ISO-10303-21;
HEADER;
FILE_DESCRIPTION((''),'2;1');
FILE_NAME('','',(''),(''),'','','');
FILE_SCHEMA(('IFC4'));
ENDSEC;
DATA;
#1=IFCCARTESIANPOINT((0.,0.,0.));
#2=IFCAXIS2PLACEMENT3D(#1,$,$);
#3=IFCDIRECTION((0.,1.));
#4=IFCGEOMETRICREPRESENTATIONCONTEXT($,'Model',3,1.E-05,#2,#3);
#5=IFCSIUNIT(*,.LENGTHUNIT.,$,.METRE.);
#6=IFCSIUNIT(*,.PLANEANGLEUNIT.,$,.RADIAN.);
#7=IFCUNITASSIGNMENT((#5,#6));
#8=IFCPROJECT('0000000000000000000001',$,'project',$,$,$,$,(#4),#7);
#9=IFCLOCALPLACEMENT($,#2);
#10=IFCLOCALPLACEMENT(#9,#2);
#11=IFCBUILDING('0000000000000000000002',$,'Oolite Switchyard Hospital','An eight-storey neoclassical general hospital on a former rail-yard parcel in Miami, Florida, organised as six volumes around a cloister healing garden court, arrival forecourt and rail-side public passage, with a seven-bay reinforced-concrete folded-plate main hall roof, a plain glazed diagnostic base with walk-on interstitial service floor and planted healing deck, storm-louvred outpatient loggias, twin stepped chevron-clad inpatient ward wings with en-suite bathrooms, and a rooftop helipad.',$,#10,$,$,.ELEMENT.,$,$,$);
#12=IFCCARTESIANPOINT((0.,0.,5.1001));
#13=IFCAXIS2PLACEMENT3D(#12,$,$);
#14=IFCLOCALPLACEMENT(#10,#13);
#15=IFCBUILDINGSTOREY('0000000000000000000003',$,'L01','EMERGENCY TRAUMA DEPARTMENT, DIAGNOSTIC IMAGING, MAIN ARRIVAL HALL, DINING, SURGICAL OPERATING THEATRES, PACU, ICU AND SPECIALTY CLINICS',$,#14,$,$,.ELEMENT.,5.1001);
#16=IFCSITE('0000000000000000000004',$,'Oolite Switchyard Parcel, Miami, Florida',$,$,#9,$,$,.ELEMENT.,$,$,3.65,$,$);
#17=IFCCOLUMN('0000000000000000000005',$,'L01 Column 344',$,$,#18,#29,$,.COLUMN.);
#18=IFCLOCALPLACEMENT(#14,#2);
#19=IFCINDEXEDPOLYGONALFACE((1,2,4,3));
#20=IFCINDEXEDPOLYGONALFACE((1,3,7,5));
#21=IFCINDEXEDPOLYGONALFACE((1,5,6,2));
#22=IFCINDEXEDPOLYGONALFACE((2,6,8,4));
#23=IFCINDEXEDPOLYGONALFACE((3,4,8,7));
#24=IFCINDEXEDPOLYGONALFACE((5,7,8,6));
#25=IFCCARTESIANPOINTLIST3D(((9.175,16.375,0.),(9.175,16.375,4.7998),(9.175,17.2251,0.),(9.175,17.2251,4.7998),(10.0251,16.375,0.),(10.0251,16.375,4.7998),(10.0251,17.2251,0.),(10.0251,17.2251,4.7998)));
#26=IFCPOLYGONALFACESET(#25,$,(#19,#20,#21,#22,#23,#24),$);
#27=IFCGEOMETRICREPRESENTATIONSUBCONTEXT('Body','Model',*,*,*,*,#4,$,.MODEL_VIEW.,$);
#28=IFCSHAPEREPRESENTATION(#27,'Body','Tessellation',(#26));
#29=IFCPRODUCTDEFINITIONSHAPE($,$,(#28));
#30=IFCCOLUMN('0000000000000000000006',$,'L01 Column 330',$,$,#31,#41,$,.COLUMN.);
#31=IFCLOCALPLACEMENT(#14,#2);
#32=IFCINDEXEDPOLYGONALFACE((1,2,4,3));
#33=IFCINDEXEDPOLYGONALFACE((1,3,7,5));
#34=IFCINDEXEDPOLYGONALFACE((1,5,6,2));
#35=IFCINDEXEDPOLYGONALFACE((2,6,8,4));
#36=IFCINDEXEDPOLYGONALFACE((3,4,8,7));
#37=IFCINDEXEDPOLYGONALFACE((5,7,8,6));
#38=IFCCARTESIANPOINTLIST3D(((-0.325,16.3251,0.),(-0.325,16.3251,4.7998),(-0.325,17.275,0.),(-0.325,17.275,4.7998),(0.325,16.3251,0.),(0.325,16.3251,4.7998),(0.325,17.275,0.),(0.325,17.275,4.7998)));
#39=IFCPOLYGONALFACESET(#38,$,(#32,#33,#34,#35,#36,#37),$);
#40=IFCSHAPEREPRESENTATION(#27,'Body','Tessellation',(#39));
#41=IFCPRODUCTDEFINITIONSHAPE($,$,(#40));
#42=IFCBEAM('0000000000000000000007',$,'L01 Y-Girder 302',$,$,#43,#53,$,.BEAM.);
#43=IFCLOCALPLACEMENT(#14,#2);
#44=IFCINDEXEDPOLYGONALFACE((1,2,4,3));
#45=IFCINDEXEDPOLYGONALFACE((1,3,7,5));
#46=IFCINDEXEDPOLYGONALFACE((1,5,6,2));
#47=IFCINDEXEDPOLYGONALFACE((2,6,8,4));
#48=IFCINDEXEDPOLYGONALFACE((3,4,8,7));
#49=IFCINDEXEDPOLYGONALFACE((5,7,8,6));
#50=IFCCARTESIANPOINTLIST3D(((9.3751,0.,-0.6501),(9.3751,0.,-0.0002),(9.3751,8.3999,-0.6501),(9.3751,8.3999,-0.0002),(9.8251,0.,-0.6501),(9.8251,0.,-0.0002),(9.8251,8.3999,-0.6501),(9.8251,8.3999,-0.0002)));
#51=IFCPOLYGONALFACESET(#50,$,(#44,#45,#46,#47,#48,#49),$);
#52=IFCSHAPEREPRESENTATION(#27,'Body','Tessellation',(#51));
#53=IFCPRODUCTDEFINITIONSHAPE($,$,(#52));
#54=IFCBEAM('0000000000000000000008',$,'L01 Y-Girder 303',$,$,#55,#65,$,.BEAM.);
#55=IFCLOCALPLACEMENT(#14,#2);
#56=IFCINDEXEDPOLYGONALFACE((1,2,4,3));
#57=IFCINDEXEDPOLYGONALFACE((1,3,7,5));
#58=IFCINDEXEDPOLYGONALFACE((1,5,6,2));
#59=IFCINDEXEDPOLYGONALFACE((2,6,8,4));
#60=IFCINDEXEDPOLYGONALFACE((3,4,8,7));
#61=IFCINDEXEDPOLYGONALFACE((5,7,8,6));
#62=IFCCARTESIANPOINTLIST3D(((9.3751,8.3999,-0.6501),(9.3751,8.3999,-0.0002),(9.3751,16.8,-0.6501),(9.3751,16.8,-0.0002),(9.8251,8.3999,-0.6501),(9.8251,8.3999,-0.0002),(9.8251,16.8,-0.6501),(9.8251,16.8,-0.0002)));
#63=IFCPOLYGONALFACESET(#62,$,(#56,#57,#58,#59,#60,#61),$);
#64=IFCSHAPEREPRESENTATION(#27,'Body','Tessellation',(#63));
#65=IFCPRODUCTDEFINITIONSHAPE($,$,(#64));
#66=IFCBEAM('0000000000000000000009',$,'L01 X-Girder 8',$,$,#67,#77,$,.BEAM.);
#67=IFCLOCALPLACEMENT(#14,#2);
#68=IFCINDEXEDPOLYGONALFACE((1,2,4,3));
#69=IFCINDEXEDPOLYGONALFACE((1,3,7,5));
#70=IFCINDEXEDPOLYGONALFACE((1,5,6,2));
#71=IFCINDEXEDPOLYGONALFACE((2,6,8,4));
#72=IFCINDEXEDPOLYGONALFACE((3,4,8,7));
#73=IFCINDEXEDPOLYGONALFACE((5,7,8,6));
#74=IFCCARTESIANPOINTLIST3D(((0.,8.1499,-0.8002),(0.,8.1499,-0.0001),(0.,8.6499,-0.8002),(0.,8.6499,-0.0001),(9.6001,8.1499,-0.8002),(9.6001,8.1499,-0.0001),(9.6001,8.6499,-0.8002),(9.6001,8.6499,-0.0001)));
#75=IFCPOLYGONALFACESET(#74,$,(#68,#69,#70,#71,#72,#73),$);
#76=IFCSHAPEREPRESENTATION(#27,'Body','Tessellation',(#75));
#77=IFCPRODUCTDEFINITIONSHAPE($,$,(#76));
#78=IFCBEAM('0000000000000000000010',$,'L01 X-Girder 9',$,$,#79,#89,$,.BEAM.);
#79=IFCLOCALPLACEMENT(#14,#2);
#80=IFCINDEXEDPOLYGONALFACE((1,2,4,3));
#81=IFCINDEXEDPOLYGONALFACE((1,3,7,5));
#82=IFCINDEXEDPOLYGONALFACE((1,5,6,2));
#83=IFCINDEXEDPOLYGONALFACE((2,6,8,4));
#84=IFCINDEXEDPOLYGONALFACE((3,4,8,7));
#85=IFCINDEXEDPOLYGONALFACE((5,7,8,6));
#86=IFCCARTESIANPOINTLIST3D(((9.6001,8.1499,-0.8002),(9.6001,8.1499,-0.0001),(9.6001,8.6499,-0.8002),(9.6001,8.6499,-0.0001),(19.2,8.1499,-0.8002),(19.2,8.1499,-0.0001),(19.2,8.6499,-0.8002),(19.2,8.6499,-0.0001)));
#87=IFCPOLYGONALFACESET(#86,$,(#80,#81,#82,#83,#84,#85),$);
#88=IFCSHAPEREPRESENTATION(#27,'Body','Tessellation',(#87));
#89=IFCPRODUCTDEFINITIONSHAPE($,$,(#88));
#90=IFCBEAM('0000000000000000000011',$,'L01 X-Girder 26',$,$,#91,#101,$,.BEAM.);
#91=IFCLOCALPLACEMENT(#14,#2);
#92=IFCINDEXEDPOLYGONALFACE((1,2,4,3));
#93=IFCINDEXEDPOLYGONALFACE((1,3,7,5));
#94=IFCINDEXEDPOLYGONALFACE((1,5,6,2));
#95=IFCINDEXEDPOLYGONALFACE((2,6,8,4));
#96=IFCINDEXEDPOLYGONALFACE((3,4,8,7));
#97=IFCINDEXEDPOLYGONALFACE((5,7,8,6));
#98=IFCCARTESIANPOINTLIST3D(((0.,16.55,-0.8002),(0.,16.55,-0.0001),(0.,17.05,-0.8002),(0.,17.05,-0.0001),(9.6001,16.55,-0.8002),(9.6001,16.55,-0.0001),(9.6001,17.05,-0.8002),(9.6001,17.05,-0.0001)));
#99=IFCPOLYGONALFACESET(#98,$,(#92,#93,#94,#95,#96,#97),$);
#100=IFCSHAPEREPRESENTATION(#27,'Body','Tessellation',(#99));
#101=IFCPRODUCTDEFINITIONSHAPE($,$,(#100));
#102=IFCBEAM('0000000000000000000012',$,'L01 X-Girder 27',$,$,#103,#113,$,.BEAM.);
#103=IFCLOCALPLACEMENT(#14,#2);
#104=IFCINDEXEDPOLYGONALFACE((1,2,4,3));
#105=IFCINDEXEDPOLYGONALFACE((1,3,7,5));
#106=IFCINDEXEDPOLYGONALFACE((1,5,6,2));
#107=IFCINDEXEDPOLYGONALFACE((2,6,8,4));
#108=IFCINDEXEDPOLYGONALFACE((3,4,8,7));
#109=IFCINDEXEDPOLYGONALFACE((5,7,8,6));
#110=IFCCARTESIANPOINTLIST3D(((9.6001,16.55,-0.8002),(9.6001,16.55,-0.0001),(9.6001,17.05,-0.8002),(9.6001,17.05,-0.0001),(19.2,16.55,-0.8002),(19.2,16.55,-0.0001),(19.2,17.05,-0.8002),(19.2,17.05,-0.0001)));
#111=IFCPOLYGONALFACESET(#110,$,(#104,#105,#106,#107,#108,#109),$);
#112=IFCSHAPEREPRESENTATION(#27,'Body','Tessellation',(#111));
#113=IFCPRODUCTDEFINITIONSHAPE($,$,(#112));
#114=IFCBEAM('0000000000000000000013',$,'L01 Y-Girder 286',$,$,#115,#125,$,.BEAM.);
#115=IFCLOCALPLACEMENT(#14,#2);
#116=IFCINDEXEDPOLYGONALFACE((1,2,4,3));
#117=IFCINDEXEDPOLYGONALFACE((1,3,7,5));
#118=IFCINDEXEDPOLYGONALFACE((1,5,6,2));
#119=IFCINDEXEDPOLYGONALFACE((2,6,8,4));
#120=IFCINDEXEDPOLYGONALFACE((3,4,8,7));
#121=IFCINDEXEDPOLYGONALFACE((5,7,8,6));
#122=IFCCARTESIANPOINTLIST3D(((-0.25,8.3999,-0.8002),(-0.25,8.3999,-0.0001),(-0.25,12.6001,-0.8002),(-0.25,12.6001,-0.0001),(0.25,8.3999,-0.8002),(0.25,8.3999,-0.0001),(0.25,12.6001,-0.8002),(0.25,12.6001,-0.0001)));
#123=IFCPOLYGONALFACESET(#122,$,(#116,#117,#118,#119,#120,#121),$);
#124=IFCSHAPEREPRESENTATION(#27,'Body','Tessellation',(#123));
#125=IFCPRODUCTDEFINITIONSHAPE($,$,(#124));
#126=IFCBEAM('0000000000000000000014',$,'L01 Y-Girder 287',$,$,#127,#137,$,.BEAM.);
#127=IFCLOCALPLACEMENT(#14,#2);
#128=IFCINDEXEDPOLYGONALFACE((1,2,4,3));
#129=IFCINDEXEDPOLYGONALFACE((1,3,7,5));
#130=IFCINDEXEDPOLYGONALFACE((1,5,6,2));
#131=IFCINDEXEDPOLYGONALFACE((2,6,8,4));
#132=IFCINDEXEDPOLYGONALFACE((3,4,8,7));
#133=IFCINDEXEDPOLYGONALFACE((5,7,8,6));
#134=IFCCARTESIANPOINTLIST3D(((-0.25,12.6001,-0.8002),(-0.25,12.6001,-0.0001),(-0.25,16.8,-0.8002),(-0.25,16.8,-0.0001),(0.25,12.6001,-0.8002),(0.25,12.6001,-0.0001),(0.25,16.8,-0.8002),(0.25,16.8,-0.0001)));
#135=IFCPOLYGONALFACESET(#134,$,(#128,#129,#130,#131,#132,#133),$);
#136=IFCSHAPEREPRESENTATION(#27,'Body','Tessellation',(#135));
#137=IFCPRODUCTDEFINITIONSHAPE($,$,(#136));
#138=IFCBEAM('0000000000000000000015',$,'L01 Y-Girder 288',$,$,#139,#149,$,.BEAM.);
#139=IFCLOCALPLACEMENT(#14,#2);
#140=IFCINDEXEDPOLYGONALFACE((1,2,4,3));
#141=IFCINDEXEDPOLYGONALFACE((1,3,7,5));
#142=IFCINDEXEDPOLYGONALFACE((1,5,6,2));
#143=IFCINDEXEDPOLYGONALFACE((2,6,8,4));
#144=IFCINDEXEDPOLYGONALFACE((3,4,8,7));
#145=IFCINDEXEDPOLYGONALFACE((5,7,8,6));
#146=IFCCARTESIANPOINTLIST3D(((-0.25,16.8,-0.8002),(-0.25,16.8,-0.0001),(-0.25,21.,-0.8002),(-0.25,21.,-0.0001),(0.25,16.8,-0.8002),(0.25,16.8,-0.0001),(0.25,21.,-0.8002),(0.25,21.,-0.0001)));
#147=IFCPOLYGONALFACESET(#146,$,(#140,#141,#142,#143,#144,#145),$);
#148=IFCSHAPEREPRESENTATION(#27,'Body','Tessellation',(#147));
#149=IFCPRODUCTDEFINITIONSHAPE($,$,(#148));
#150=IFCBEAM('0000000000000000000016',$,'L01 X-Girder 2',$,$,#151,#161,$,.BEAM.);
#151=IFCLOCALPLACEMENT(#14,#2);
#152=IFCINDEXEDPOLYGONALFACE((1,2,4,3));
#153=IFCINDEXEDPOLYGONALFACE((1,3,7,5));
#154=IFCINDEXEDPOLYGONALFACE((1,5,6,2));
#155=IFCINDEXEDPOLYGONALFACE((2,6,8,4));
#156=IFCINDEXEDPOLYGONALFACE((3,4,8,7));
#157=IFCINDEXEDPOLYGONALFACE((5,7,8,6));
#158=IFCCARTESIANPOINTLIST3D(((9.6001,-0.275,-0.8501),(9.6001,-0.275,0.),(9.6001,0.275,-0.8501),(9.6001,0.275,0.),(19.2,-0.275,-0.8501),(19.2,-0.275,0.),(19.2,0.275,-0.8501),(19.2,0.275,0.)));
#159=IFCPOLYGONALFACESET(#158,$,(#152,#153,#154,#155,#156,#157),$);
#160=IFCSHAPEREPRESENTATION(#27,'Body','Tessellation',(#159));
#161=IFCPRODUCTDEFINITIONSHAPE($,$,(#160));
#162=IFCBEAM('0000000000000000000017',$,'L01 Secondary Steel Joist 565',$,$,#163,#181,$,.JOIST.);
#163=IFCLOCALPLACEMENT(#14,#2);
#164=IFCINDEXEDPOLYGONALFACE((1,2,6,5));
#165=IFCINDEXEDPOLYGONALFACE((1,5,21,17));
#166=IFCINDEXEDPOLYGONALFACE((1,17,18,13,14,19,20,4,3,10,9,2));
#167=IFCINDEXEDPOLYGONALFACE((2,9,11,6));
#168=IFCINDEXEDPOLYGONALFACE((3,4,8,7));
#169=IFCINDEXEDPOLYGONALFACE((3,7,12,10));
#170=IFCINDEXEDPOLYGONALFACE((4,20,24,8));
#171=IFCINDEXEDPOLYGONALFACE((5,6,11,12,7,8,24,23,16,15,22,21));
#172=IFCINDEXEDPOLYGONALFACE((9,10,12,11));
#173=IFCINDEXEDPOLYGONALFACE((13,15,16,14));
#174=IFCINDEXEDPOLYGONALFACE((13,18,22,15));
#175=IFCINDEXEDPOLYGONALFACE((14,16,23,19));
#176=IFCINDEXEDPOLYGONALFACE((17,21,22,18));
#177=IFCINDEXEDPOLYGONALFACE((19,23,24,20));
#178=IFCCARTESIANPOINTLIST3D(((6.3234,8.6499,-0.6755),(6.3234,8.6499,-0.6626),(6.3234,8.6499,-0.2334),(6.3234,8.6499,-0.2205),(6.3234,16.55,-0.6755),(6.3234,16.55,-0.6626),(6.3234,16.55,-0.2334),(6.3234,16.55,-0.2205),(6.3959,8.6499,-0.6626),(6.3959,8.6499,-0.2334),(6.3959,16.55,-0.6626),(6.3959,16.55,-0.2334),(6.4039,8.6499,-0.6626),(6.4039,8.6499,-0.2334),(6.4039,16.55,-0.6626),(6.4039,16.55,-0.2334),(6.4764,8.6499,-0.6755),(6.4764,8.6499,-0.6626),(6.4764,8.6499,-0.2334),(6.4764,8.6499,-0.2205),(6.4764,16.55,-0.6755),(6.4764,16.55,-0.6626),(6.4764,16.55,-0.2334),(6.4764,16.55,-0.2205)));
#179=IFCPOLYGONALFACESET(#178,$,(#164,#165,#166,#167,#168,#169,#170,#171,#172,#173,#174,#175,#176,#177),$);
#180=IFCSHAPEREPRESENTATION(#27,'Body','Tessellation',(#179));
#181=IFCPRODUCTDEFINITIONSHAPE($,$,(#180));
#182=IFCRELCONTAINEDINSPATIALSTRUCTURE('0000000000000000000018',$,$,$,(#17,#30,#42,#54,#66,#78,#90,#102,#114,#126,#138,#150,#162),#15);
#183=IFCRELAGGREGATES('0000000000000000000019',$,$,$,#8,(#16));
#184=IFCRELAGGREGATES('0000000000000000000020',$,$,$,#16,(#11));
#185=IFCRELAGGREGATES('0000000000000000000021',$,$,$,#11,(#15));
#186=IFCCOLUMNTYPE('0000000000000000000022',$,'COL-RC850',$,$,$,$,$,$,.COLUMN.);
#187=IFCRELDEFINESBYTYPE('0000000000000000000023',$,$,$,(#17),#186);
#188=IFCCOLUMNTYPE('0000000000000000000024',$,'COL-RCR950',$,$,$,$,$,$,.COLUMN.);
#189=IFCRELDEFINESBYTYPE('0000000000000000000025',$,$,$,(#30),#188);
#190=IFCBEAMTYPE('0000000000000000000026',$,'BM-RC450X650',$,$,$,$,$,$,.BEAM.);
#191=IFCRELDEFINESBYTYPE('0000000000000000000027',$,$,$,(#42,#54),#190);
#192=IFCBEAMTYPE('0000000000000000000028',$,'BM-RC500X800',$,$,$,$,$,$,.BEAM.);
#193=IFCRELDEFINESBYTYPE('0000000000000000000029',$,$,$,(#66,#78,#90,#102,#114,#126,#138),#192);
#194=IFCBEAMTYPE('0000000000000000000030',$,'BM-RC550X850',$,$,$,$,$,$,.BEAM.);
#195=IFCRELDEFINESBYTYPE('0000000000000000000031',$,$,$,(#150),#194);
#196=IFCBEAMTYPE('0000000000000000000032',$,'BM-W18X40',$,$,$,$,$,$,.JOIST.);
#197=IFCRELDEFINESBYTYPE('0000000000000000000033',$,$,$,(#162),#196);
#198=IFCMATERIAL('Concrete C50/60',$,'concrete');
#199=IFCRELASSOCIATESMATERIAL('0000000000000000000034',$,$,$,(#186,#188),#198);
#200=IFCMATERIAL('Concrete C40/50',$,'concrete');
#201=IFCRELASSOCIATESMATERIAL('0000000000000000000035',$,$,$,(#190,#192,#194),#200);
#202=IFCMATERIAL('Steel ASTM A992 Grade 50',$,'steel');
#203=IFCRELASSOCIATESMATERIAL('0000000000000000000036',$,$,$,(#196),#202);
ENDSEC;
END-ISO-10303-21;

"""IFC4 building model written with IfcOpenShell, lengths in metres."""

from ifc_helpers import new_model, si_unit, direction, frame, origin, origin_2d, place, context, subcontext, project, spatial, rectangle, i_section, extrude, material, material_profile, profile_set, type_object, element, save


model = new_model("IFC4")

# Units and contexts
model_context = context("Model", 3, precision=1e-05, world=origin(), true_north=direction((0.0, 1.0)))
body_context = subcontext(model_context, "Body", "Model", "MODEL_VIEW")
ifc_project = project(units=[si_unit("LENGTHUNIT", "METRE"), si_unit("PLANEANGLEUNIT", "RADIAN")], contexts=[model_context])

# Site, building, storey
site_placement = place(None, origin())
site = spatial("IfcSite", under=ifc_project, at=site_placement, Name="Oolite Switchyard Parcel, Miami, Florida", CompositionType="ELEMENT", RefElevation=3.65)
building_placement = place(site_placement, origin())
building = spatial("IfcBuilding", under=site, at=building_placement, Name="Oolite Switchyard Hospital", Description="An eight-storey neoclassical general hospital on a former rail-yard parcel in Miami, Florida, organised as six volumes around a cloister healing garden court, arrival forecourt and rail-side public passage, with a seven-bay reinforced-concrete folded-plate main hall roof, a plain glazed diagnostic base with walk-on interstitial service floor and planted healing deck, storm-louvred outpatient loggias, twin stepped chevron-clad inpatient ward wings with en-suite bathrooms, and a rooftop helipad.", CompositionType="ELEMENT")
storey_placement = place(building_placement, frame((0.0, 0.0, 5.1001)))
storey = spatial("IfcBuildingStorey", under=building, at=storey_placement, Name="L01", Description="EMERGENCY TRAUMA DEPARTMENT, DIAGNOSTIC IMAGING, MAIN ARRIVAL HALL, DINING, SURGICAL OPERATING THEATRES, PACU, ICU AND SPECIALTY CLINICS", CompositionType="ELEMENT", Elevation=5.1001)

# Columns
ifc_material_1 = material(Name="Concrete C50/60", Category="concrete")
ifc_material_profile_1 = material_profile(ifc_material_1, rectangle(XDim=0.8501, YDim=0.8501, at=origin_2d()), Name="RC850X850")
ifc_profile_set_1 = profile_set([ifc_material_profile_1], Name="Concrete C50/60")
column_type_1 = type_object("IfcColumnType", Name="COL-RC850", PredefinedType="COLUMN", material=ifc_profile_set_1)
column_1_placement = place(storey_placement, frame((9.6001, 16.8, 0.0), z_axis=(0.0, 0.0, 1.0), x_axis=(1.0, 0.0, 0.0)))
element("IfcColumn", 1, at=column_1_placement, inside=storey, type_object=column_type_1, Name="L01 Column 344", PredefinedType="COLUMN", context=body_context, shape_type="SweptSolid", body=[
    extrude(rectangle(XDim=0.8501, YDim=0.8501, at=origin_2d()), origin(), (0.0, 0.0, 1.0), 4.7998),
])
ifc_material_profile_2 = material_profile(ifc_material_1, rectangle(XDim=0.95, YDim=0.6499, at=origin_2d()), Name="RC950X650")
ifc_profile_set_2 = profile_set([ifc_material_profile_2], Name="Concrete C50/60")
column_type_2 = type_object("IfcColumnType", Name="COL-RCR950", PredefinedType="COLUMN", material=ifc_profile_set_2)
column_2_placement = place(storey_placement, frame((0.0, 16.8, 0.0), z_axis=(0.0, 0.0, 1.0), x_axis=(0.0, 1.0, 0.0)))
element("IfcColumn", 2, at=column_2_placement, inside=storey, type_object=column_type_2, Name="L01 Column 330", PredefinedType="COLUMN", context=body_context, shape_type="SweptSolid", body=[
    extrude(rectangle(XDim=0.95, YDim=0.6499, at=origin_2d()), origin(), (0.0, 0.0, 1.0), 4.7998),
])

# Beams
ifc_material_2 = material(Name="Concrete C40/50", Category="concrete")
ifc_material_profile_3 = material_profile(ifc_material_2, rectangle(XDim=0.45, YDim=0.6499, at=origin_2d()), Name="RCB450X650")
ifc_profile_set_3 = profile_set([ifc_material_profile_3], Name="Concrete C40/50")
beam_type_1 = type_object("IfcBeamType", Name="BM-RC450X650", PredefinedType="BEAM", material=ifc_profile_set_3)
beam_1_placement = place(storey_placement, frame((9.6001, 0.0, -0.3252), z_axis=(0.0, 1.0, 0.0), x_axis=(-1.0, 0.0, 0.0)))
element("IfcBeam", 3, at=beam_1_placement, inside=storey, type_object=beam_type_1, Name="L01 Y-Girder 302", PredefinedType="BEAM", context=body_context, shape_type="SweptSolid", body=[
    extrude(rectangle(XDim=0.45, YDim=0.6499, at=origin_2d()), origin(), (0.0, 0.0, 1.0), 8.3999),
])
beam_2_placement = place(storey_placement, frame((9.6001, 8.3999, -0.3252), z_axis=(0.0, 1.0, 0.0), x_axis=(-1.0, 0.0, 0.0)))
element("IfcBeam", 4, at=beam_2_placement, inside=storey, type_object=beam_type_1, Name="L01 Y-Girder 303", PredefinedType="BEAM", context=body_context, shape_type="SweptSolid", body=[
    extrude(rectangle(XDim=0.45, YDim=0.6499, at=origin_2d()), origin(), (0.0, 0.0, 1.0), 8.4001),
])
ifc_material_profile_4 = material_profile(ifc_material_2, rectangle(XDim=0.5, YDim=0.8, at=origin_2d()), Name="RCB500X800")
ifc_profile_set_4 = profile_set([ifc_material_profile_4], Name="Concrete C40/50")
beam_type_2 = type_object("IfcBeamType", Name="BM-RC500X800", PredefinedType="BEAM", material=ifc_profile_set_4)
beam_3_placement = place(storey_placement, frame((0.0, 8.3999, -0.4001), z_axis=(1.0, 0.0, 0.0), x_axis=(0.0, 1.0, 0.0)))
element("IfcBeam", 5, at=beam_3_placement, inside=storey, type_object=beam_type_2, Name="L01 X-Girder 8", PredefinedType="BEAM", context=body_context, shape_type="SweptSolid", body=[
    extrude(rectangle(XDim=0.5, YDim=0.8, at=origin_2d()), origin(), (0.0, 0.0, 1.0), 9.6001),
])
beam_4_placement = place(storey_placement, frame((9.6001, 8.3999, -0.4001), z_axis=(1.0, 0.0, 0.0), x_axis=(0.0, 1.0, 0.0)))
element("IfcBeam", 6, at=beam_4_placement, inside=storey, type_object=beam_type_2, Name="L01 X-Girder 9", PredefinedType="BEAM", context=body_context, shape_type="SweptSolid", body=[
    extrude(rectangle(XDim=0.5, YDim=0.8, at=origin_2d()), origin(), (0.0, 0.0, 1.0), 9.5999),
])
beam_5_placement = place(storey_placement, frame((0.0, 16.8, -0.4001), z_axis=(1.0, 0.0, 0.0), x_axis=(0.0, 1.0, 0.0)))
element("IfcBeam", 7, at=beam_5_placement, inside=storey, type_object=beam_type_2, Name="L01 X-Girder 26", PredefinedType="BEAM", context=body_context, shape_type="SweptSolid", body=[
    extrude(rectangle(XDim=0.5, YDim=0.8, at=origin_2d()), origin(), (0.0, 0.0, 1.0), 9.6001),
])
beam_6_placement = place(storey_placement, frame((9.6001, 16.8, -0.4001), z_axis=(1.0, 0.0, 0.0), x_axis=(0.0, 1.0, 0.0)))
element("IfcBeam", 8, at=beam_6_placement, inside=storey, type_object=beam_type_2, Name="L01 X-Girder 27", PredefinedType="BEAM", context=body_context, shape_type="SweptSolid", body=[
    extrude(rectangle(XDim=0.5, YDim=0.8, at=origin_2d()), origin(), (0.0, 0.0, 1.0), 9.5999),
])
beam_7_placement = place(storey_placement, frame((0.0, 8.3999, -0.4001), z_axis=(0.0, 1.0, 0.0), x_axis=(-1.0, 0.0, 0.0)))
element("IfcBeam", 9, at=beam_7_placement, inside=storey, type_object=beam_type_2, Name="L01 Y-Girder 286", PredefinedType="BEAM", context=body_context, shape_type="SweptSolid", body=[
    extrude(rectangle(XDim=0.5, YDim=0.8, at=origin_2d()), origin(), (0.0, 0.0, 1.0), 4.2002),
])
for number, where, z_axis, x_axis, name in (
    (10, (0.0, 12.6001, -0.4001), (0.0, 1.0, 0.0), (-1.0, 0.0, 0.0), "L01 Y-Girder 287"),
    (11, (0.0, 16.8, -0.4001), (0.0, 1.0, 0.0), (-1.0, 0.0, 0.0), "L01 Y-Girder 288"),
):
    element("IfcBeam", number, at=place(storey_placement, frame(where, z_axis=z_axis, x_axis=x_axis)), inside=storey, type_object=beam_type_2, Name=name, PredefinedType="BEAM", context=body_context, shape_type="SweptSolid", body=[
        extrude(rectangle(XDim=0.5, YDim=0.8, at=origin_2d()), origin(), (0.0, 0.0, 1.0), 4.2),
    ])
ifc_material_profile_5 = material_profile(ifc_material_2, rectangle(XDim=0.55, YDim=0.8501, at=origin_2d()), Name="RCB550X850")
ifc_profile_set_5 = profile_set([ifc_material_profile_5], Name="Concrete C40/50")
beam_type_3 = type_object("IfcBeamType", Name="BM-RC550X850", PredefinedType="BEAM", material=ifc_profile_set_5)
beam_8_placement = place(storey_placement, frame((9.6001, 0.0, -0.425), z_axis=(1.0, 0.0, 0.0), x_axis=(0.0, 1.0, 0.0)))
element("IfcBeam", 12, at=beam_8_placement, inside=storey, type_object=beam_type_3, Name="L01 X-Girder 2", PredefinedType="BEAM", context=body_context, shape_type="SweptSolid", body=[
    extrude(rectangle(XDim=0.55, YDim=0.8501, at=origin_2d()), origin(), (0.0, 0.0, 1.0), 9.5999),
])
ifc_material_3 = material(Name="Steel ASTM A992 Grade 50", Category="steel")
ifc_material_profile_6 = material_profile(ifc_material_3, i_section(OverallWidth=0.1531, OverallDepth=0.4551, WebThickness=0.0081, FlangeThickness=0.0129, at=origin_2d()), Name="W18X40")
ifc_profile_set_6 = profile_set([ifc_material_profile_6], Name="Steel ASTM A992 Grade 50")
beam_type_4 = type_object("IfcBeamType", Name="BM-W18X40", PredefinedType="JOIST", material=ifc_profile_set_6)
beam_9_placement = place(storey_placement, frame((6.3999, 8.6499, -0.448), z_axis=(0.0, 1.0, 0.0), x_axis=(-1.0, 0.0, 0.0)))
element("IfcBeam", 13, at=beam_9_placement, inside=storey, type_object=beam_type_4, Name="L01 Secondary Steel Joist 565", PredefinedType="JOIST", context=body_context, shape_type="SweptSolid", body=[
    extrude(i_section(OverallWidth=0.1531, OverallDepth=0.4551, WebThickness=0.0081, FlangeThickness=0.0129, at=origin_2d()), origin(), (0.0, 0.0, 1.0), 7.9001),
])

save(model, "model.ifc")
